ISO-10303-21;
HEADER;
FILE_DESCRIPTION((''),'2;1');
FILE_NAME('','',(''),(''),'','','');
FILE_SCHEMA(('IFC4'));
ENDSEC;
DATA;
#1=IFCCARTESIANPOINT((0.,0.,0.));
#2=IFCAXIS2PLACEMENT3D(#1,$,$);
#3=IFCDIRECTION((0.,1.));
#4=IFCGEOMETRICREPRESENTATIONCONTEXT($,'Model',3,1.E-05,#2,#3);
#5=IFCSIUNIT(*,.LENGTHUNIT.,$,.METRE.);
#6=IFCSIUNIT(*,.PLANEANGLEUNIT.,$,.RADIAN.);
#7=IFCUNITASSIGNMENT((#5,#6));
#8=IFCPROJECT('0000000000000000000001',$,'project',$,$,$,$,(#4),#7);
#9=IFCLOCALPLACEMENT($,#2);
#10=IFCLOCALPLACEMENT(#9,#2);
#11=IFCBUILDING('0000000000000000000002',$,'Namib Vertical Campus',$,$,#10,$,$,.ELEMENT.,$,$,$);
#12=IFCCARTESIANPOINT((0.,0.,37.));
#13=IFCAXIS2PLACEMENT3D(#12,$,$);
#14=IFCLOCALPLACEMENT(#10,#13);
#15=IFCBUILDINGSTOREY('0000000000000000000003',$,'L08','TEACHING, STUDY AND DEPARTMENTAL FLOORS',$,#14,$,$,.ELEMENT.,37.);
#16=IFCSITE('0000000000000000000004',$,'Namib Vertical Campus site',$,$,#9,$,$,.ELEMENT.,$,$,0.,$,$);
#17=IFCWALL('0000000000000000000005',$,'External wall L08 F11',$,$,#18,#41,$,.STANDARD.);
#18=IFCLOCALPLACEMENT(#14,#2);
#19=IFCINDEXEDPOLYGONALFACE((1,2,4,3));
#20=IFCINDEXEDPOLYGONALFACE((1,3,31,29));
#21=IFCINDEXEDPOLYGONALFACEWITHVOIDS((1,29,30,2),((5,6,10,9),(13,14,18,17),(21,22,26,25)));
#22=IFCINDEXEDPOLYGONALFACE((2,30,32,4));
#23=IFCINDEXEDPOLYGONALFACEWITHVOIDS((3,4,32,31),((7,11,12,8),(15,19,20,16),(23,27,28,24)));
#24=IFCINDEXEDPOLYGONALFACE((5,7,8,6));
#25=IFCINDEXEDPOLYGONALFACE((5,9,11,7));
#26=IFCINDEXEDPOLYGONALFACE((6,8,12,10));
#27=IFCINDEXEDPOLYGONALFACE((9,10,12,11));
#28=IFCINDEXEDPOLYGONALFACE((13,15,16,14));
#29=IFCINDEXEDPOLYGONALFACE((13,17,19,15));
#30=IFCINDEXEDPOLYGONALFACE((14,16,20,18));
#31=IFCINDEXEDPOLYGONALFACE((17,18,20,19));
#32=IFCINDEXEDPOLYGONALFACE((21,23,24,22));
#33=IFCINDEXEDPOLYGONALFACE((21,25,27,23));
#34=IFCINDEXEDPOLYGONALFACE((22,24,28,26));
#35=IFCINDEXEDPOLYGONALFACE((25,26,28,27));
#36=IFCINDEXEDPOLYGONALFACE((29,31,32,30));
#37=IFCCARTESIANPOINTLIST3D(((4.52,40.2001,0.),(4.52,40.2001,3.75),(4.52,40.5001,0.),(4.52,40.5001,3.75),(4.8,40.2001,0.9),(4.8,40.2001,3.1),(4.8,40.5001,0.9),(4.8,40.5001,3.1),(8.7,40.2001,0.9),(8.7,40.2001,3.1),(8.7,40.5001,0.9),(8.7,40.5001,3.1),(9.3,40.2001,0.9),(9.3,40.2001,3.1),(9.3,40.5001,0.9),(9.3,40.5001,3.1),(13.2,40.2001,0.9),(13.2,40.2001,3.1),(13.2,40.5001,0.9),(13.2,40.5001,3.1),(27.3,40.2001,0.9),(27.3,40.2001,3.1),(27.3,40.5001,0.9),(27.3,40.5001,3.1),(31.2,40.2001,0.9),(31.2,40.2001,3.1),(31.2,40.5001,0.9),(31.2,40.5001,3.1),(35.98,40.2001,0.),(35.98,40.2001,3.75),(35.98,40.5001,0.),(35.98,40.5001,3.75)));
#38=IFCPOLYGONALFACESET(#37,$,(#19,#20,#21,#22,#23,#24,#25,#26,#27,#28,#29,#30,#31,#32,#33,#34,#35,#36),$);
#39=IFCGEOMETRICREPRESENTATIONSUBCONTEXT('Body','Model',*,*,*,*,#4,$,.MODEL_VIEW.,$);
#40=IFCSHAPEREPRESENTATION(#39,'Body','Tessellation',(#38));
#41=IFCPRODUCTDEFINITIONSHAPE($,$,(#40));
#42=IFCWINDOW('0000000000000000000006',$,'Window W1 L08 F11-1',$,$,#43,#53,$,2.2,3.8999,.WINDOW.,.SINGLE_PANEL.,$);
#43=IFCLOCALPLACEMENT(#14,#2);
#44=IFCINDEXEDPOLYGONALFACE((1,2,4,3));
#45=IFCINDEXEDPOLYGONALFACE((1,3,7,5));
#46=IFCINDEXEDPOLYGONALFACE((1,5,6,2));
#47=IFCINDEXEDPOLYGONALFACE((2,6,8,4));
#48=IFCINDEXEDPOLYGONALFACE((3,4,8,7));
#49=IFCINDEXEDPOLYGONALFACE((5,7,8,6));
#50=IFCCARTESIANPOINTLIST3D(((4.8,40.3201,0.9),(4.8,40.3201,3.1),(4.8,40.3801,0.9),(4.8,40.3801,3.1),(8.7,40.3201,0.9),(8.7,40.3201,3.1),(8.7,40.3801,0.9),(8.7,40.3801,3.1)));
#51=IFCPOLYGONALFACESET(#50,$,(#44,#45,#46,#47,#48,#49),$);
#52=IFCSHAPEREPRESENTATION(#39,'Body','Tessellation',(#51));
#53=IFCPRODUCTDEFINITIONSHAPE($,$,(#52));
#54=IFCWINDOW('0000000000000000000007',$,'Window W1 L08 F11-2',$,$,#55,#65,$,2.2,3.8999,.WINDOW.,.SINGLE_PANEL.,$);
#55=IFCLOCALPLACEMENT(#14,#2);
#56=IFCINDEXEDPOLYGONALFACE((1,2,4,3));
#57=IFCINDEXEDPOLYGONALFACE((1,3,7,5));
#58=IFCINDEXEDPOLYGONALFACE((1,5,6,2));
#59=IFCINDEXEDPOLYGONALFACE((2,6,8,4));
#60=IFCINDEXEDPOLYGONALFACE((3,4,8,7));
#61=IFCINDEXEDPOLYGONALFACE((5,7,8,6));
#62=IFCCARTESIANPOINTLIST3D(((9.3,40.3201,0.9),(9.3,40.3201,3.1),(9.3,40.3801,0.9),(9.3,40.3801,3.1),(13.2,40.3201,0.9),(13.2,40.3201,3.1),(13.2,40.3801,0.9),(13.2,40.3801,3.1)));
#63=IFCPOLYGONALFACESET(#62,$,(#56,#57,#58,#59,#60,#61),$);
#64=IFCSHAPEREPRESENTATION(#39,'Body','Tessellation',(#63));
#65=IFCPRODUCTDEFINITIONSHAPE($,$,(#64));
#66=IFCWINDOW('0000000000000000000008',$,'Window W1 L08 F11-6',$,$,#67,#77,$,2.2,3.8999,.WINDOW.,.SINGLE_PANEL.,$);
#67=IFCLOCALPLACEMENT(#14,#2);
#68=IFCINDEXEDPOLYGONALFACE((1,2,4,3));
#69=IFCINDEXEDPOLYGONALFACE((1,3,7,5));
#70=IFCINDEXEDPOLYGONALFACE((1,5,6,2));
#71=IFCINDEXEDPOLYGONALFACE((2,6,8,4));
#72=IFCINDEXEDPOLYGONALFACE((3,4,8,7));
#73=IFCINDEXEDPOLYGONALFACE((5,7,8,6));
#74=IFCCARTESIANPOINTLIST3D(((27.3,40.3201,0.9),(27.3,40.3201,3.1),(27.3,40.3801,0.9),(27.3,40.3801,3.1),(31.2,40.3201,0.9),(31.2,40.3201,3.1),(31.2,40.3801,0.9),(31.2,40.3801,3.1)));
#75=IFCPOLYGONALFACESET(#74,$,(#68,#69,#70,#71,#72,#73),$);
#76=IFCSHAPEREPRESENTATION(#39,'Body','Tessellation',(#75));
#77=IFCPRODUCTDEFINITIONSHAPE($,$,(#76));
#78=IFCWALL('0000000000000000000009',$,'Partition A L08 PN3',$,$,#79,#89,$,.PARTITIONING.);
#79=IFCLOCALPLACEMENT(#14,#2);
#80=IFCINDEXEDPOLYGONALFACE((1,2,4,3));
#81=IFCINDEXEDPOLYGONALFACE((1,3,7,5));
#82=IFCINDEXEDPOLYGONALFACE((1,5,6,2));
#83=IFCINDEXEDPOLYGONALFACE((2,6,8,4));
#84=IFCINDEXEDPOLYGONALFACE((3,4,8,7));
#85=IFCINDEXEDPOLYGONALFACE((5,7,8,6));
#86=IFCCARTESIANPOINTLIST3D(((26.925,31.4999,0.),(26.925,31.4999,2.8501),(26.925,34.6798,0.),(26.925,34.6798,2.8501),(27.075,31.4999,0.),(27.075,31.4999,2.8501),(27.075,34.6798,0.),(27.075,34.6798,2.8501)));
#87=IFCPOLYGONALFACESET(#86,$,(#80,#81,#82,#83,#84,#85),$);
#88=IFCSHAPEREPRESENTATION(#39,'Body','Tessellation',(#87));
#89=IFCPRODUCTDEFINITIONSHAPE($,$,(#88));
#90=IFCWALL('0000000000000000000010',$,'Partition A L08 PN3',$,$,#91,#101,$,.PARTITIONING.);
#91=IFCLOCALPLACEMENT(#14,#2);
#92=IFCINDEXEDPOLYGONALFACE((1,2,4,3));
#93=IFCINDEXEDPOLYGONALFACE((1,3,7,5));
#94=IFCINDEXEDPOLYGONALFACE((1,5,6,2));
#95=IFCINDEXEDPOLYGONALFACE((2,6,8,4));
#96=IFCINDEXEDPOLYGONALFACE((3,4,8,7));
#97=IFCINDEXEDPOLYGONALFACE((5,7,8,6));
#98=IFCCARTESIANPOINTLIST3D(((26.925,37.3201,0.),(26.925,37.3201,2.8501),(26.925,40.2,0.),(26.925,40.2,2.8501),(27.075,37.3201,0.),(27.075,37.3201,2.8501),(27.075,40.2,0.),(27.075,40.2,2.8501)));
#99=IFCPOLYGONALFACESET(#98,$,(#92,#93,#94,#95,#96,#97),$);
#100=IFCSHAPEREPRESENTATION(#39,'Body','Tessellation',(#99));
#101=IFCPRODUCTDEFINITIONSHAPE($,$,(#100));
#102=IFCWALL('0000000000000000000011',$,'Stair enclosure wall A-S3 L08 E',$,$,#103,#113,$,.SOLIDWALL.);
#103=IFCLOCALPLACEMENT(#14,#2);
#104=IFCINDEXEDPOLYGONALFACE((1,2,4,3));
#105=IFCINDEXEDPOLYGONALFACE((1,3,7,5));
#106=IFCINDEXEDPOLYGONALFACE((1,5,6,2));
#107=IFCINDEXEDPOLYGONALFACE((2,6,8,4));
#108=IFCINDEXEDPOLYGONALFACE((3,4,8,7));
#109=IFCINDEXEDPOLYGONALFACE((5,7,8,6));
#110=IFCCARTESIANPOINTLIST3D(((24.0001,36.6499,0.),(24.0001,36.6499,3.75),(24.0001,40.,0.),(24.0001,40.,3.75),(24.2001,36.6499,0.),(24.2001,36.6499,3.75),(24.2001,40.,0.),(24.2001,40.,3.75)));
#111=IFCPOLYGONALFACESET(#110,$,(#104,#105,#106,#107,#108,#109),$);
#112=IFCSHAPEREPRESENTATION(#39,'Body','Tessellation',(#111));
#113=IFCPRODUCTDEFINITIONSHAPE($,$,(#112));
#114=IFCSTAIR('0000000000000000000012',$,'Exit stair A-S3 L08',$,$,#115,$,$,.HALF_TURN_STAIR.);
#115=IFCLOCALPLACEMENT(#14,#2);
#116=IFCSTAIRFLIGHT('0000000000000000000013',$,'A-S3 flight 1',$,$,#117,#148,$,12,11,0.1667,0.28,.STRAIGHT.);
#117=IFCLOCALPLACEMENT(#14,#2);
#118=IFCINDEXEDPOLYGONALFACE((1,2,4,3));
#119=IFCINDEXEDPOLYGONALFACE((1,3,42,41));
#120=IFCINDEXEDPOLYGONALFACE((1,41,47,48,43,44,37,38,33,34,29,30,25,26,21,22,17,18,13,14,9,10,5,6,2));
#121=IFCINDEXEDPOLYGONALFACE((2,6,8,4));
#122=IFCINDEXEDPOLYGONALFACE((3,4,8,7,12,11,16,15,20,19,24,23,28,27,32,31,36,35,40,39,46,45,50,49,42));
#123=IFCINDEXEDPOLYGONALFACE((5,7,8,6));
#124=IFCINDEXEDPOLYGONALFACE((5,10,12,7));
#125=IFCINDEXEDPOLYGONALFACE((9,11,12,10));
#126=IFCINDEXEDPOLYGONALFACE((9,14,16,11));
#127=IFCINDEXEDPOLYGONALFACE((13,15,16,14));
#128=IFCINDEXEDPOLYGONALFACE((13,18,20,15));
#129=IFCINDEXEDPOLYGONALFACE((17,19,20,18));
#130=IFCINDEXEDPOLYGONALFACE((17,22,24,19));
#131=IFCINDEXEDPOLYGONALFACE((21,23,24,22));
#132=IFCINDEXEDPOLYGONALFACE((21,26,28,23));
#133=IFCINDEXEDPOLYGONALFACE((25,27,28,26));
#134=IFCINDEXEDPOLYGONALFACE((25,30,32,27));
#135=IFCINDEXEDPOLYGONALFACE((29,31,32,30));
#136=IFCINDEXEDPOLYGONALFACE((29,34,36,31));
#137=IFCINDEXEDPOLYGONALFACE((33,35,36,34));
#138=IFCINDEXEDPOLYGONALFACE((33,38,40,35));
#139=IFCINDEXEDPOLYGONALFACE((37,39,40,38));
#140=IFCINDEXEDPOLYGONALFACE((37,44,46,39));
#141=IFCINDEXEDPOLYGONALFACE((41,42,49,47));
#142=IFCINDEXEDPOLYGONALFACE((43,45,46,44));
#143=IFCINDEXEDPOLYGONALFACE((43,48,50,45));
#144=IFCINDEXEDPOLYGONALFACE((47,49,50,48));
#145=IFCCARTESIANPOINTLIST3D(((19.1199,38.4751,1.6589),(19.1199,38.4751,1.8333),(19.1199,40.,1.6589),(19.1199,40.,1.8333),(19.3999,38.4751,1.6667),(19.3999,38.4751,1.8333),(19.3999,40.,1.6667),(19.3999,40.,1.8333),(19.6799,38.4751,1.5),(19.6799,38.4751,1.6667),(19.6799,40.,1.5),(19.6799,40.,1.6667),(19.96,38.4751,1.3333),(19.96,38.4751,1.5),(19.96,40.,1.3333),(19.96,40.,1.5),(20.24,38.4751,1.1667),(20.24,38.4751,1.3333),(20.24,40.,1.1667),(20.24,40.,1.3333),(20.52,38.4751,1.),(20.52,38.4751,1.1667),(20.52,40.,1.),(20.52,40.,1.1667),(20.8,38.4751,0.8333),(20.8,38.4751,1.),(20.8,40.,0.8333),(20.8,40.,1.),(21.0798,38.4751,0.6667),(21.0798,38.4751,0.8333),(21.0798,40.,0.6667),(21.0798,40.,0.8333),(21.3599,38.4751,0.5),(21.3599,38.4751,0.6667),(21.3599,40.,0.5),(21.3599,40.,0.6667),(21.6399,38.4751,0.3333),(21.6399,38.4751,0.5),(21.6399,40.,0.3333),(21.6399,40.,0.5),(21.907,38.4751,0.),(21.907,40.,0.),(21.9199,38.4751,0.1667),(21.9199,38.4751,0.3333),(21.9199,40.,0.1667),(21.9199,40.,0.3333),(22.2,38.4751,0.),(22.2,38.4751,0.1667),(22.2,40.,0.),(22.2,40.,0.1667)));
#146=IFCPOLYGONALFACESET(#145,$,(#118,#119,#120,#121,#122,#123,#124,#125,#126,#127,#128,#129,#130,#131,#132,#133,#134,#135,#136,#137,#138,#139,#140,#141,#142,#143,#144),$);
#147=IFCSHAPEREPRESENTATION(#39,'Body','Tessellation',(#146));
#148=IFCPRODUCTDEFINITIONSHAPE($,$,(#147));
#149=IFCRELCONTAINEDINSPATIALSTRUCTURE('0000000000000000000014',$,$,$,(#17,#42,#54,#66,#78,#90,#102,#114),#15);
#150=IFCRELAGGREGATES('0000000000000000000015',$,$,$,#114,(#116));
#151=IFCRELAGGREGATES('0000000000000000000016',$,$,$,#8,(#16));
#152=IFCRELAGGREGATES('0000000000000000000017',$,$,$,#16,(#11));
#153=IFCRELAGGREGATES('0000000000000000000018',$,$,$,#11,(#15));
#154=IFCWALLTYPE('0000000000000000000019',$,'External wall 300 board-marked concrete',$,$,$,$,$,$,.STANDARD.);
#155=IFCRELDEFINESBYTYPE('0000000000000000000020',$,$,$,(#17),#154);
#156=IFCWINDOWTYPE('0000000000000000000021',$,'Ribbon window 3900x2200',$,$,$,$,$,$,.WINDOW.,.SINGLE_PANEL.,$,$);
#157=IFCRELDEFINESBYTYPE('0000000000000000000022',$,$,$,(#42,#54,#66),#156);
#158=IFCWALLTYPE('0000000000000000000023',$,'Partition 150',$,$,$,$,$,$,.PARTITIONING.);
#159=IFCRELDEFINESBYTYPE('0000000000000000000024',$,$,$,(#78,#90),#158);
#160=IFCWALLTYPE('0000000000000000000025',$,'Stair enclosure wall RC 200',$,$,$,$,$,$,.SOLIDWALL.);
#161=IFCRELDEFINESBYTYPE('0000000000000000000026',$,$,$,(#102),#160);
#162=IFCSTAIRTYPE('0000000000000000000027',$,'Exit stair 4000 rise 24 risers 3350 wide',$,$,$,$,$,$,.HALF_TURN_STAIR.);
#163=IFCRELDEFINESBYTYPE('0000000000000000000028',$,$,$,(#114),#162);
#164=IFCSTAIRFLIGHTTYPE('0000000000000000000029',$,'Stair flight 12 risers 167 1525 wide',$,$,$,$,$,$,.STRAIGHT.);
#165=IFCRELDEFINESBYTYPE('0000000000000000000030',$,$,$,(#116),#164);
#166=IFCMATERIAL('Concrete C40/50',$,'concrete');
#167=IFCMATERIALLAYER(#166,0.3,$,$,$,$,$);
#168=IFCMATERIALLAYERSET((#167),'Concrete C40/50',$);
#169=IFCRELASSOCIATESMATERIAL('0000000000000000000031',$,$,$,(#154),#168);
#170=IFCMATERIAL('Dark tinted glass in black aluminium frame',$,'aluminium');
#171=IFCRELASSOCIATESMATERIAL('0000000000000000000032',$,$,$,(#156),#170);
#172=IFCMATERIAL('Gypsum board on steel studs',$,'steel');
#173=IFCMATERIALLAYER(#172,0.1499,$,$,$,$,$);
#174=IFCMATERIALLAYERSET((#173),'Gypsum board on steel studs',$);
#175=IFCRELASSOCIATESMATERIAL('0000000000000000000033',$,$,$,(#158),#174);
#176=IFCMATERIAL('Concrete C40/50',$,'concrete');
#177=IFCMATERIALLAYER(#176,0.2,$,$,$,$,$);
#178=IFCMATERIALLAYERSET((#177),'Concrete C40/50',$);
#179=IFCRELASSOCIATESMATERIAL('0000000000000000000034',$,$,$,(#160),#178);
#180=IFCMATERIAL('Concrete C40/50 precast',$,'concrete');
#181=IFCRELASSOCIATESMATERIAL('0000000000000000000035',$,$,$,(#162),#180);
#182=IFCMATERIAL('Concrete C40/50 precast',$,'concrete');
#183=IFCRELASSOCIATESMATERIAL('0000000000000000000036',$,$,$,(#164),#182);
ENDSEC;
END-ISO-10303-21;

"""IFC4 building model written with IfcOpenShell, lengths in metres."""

from ifc_helpers import new_model, si_unit, direction, frame, frame_2d, origin, place, context, subcontext, project, spatial, polyline, rectangle, outline, extrude, material, layer, layer_set, type_object, element, fill, aggregate, save


model = new_model("IFC4")

# Units and contexts
model_context = context("Model", 3, precision=1e-05, world=origin(), true_north=direction((0.0, 1.0)))
body_context = subcontext(model_context, "Body", "Model", "MODEL_VIEW")
ifc_project = project(units=[si_unit("LENGTHUNIT", "METRE"), si_unit("PLANEANGLEUNIT", "RADIAN")], contexts=[model_context])

# Site, building, storey
site_placement = place(None, origin())
site = spatial("IfcSite", under=ifc_project, at=site_placement, Name="Namib Vertical Campus site", CompositionType="ELEMENT", RefElevation=0.0)
building_placement = place(site_placement, origin())
building = spatial("IfcBuilding", under=site, at=building_placement, Name="Namib Vertical Campus", CompositionType="ELEMENT")
storey_placement = place(building_placement, frame((0.0, 0.0, 37.0)))
storey = spatial("IfcBuildingStorey", under=building, at=storey_placement, Name="L08", Description="TEACHING, STUDY AND DEPARTMENTAL FLOORS", CompositionType="ELEMENT", Elevation=37.0)

# Shared definitions
ifc_material_1 = material(Name="Concrete C40/50", Category="concrete")
ifc_layer_1 = layer(ifc_material_1, 0.3)
ifc_layer_set_1 = layer_set([ifc_layer_1], Name="Concrete C40/50")
wall_type_1 = type_object("IfcWallType", Name="External wall 300 board-marked concrete", PredefinedType="STANDARD", material=ifc_layer_set_1)

# Wall, openings, windows
wall_1_placement = place(storey_placement, frame((35.98, 40.3501, 0.0), z_axis=(0.0, 0.0, 1.0), x_axis=(-1.0, 0.0, 0.0)))
wall_1 = element("IfcWall", 1, at=wall_1_placement, inside=storey, type_object=wall_type_1, Name="External wall L08 F11", PredefinedType="STANDARD", context=body_context, shape_type="SweptSolid", body=[
    extrude(rectangle(XDim=31.46, YDim=0.3, at=frame_2d((15.73, 0.0))), origin(), (0.0, 0.0, 1.0), 3.75),
])
opening_1_placement = place(wall_1_placement, frame((27.28, 0.0, 0.8999)))
opening_1 = element("IfcOpeningElement", 2, at=opening_1_placement, cuts=wall_1, PredefinedType="OPENING", context=body_context, shape_type="SweptSolid", body=[
    extrude(rectangle(XDim=3.8999, YDim=2.2, at=frame_2d((1.95, 1.1001))), frame((0.0, 0.1599, 0.0), z_axis=(0.0, -1.0, 0.0), x_axis=(1.0, 0.0, 0.0)), (0.0, 0.0, 1.0), 0.3201),
])
opening_2_placement = place(wall_1_placement, frame((22.78, 0.0, 0.8999)))
opening_2 = element("IfcOpeningElement", 3, at=opening_2_placement, cuts=wall_1, PredefinedType="OPENING", context=body_context, shape_type="SweptSolid", body=[
    extrude(rectangle(XDim=3.8999, YDim=2.2, at=frame_2d((1.95, 1.1001))), frame((0.0, 0.1599, 0.0), z_axis=(0.0, -1.0, 0.0), x_axis=(1.0, 0.0, 0.0)), (0.0, 0.0, 1.0), 0.3201),
])
opening_3_placement = place(wall_1_placement, frame((4.78, 0.0, 0.8999)))
opening_3 = element("IfcOpeningElement", 4, at=opening_3_placement, cuts=wall_1, PredefinedType="OPENING", context=body_context, shape_type="SweptSolid", body=[
    extrude(rectangle(XDim=3.8999, YDim=2.2, at=frame_2d((1.95, 1.1001))), frame((0.0, 0.1599, 0.0), z_axis=(0.0, -1.0, 0.0), x_axis=(1.0, 0.0, 0.0)), (0.0, 0.0, 1.0), 0.3201),
])
ifc_material_2 = material(Name="Dark tinted glass in black aluminium frame", Category="aluminium")
window_type = type_object("IfcWindowType", Name="Ribbon window 3900x2200", PartitioningType="SINGLE_PANEL", PredefinedType="WINDOW", material=ifc_material_2)
window_1_placement = place(opening_1_placement, origin())
window_1 = element("IfcWindow", 5, at=window_1_placement, inside=storey, type_object=window_type, Name="Window W1 L08 F11-1", OverallHeight=2.2, OverallWidth=3.8999, PartitioningType="SINGLE_PANEL", PredefinedType="WINDOW", context=body_context, shape_type="SweptSolid", body=[
    extrude(rectangle(XDim=3.8999, YDim=2.2, at=frame_2d((1.95, 1.1001))), frame((0.0, 0.03, 0.0), z_axis=(0.0, -1.0, 0.0), x_axis=(1.0, 0.0, 0.0)), (0.0, 0.0, 1.0), 0.0601),
])
fill(opening_1, window_1)
window_2_placement = place(opening_2_placement, origin())
window_2 = element("IfcWindow", 6, at=window_2_placement, inside=storey, type_object=window_type, Name="Window W1 L08 F11-2", OverallHeight=2.2, OverallWidth=3.8999, PartitioningType="SINGLE_PANEL", PredefinedType="WINDOW", context=body_context, shape_type="SweptSolid", body=[
    extrude(rectangle(XDim=3.8999, YDim=2.2, at=frame_2d((1.95, 1.1001))), frame((0.0, 0.03, 0.0), z_axis=(0.0, -1.0, 0.0), x_axis=(1.0, 0.0, 0.0)), (0.0, 0.0, 1.0), 0.0601),
])
fill(opening_2, window_2)
window_3_placement = place(opening_3_placement, origin())
window_3 = element("IfcWindow", 7, at=window_3_placement, inside=storey, type_object=window_type, Name="Window W1 L08 F11-6", OverallHeight=2.2, OverallWidth=3.8999, PartitioningType="SINGLE_PANEL", PredefinedType="WINDOW", context=body_context, shape_type="SweptSolid", body=[
    extrude(rectangle(XDim=3.8999, YDim=2.2, at=frame_2d((1.95, 1.1001))), frame((0.0, 0.03, 0.0), z_axis=(0.0, -1.0, 0.0), x_axis=(1.0, 0.0, 0.0)), (0.0, 0.0, 1.0), 0.0601),
])
fill(opening_3, window_3)

# Walls
ifc_material_3 = material(Name="Gypsum board on steel studs", Category="steel")
ifc_layer_2 = layer(ifc_material_3, 0.1499)
ifc_layer_set_2 = layer_set([ifc_layer_2], Name="Gypsum board on steel studs")
wall_type_2 = type_object("IfcWallType", Name="Partition 150", PredefinedType="PARTITIONING", material=ifc_layer_set_2)
wall_2_placement = place(storey_placement, frame((27.0, 31.5, 0.0), z_axis=(0.0, 0.0, 1.0), x_axis=(0.0, 1.0, 0.0)))
element("IfcWall", 8, at=wall_2_placement, inside=storey, type_object=wall_type_2, Name="Partition A L08 PN3", PredefinedType="PARTITIONING", context=body_context, shape_type="SweptSolid", body=[
    extrude(rectangle(XDim=3.1799, YDim=0.1499, at=frame_2d((1.5898, 0.0))), origin(), (0.0, 0.0, 1.0), 2.8501),
])
wall_3_placement = place(storey_placement, frame((27.0, 37.3201, 0.0), z_axis=(0.0, 0.0, 1.0), x_axis=(0.0, 1.0, 0.0)))
element("IfcWall", 9, at=wall_3_placement, inside=storey, type_object=wall_type_2, Name="Partition A L08 PN3", PredefinedType="PARTITIONING", context=body_context, shape_type="SweptSolid", body=[
    extrude(rectangle(XDim=2.8799, YDim=0.1499, at=frame_2d((1.4399, 0.0))), origin(), (0.0, 0.0, 1.0), 2.8501),
])
ifc_material_4 = material(Name="Concrete C40/50", Category="concrete")
ifc_layer_3 = layer(ifc_material_4, 0.2)
ifc_layer_set_3 = layer_set([ifc_layer_3], Name="Concrete C40/50")
wall_type_3 = type_object("IfcWallType", Name="Stair enclosure wall RC 200", PredefinedType="SOLIDWALL", material=ifc_layer_set_3)
wall_4_placement = place(storey_placement, frame((24.1001, 36.6499, 0.0), z_axis=(0.0, 0.0, 1.0), x_axis=(0.0, 1.0, 0.0)))
element("IfcWall", 10, at=wall_4_placement, inside=storey, type_object=wall_type_3, Name="Stair enclosure wall A-S3 L08 E", PredefinedType="SOLIDWALL", context=body_context, shape_type="SweptSolid", body=[
    extrude(rectangle(XDim=3.3501, YDim=0.2, at=frame_2d((1.675, 0.0))), origin(), (0.0, 0.0, 1.0), 3.75),
])

# Stair, stair flight
ifc_material_5 = material(Name="Concrete C40/50 precast", Category="concrete")
stair_type = type_object("IfcStairType", Name="Exit stair 4000 rise 24 risers 3350 wide", PredefinedType="HALF_TURN_STAIR", material=ifc_material_5)
stair_placement = place(storey_placement, origin())
stair = element("IfcStair", 11, at=stair_placement, inside=storey, type_object=stair_type, Name="Exit stair A-S3 L08", PredefinedType="HALF_TURN_STAIR")
ifc_material_6 = material(Name="Concrete C40/50 precast", Category="concrete")
stair_flight_type = type_object("IfcStairFlightType", Name="Stair flight 12 risers 167 1525 wide", PredefinedType="STRAIGHT", material=ifc_material_6)
stair_flight_placement = place(storey_placement, frame((22.2, 39.2375, 0.0), z_axis=(0.0, 0.0, 1.0), x_axis=(-1.0, 0.0, 0.0)))
stair_flight = element("IfcStairFlight", 12, at=stair_flight_placement, type_object=stair_flight_type, Name="A-S3 flight 1", NumberOfRisers=12, NumberOfTreads=11, PredefinedType="STRAIGHT", RiserHeight=0.1667, TreadLength=0.28, context=body_context, shape_type="SweptSolid", body=[
    extrude(outline(polyline([(0.0, 0.0), (0.0, 0.1667), (0.28, 0.1667), (0.28, 0.3333), (0.5601, 0.3333), (0.5601, 0.5), (0.8401, 0.5), (0.8401, 0.6667), (1.1201, 0.6667), (1.1201, 0.8333), (1.3999, 0.8333), (1.3999, 1.0), (1.6799, 1.0), (1.6799, 1.1667), (1.96, 1.1667), (1.96, 1.3333), (2.24, 1.3333), (2.24, 1.5), (2.52, 1.5), (2.52, 1.6667), (2.8, 1.6667), (2.8, 1.8333), (3.0801, 1.8333), (3.0801, 2.0), (3.0801, 1.6589), (0.293, 0.0), (0.0, 0.0)])), frame((0.0, 0.7625, 0.0), z_axis=(0.0, -1.0, 0.0), x_axis=(1.0, 0.0, 0.0)), (0.0, 0.0, 1.0), 1.5249),
])
aggregate(stair, [stair_flight])

save(model, "model.ifc")
